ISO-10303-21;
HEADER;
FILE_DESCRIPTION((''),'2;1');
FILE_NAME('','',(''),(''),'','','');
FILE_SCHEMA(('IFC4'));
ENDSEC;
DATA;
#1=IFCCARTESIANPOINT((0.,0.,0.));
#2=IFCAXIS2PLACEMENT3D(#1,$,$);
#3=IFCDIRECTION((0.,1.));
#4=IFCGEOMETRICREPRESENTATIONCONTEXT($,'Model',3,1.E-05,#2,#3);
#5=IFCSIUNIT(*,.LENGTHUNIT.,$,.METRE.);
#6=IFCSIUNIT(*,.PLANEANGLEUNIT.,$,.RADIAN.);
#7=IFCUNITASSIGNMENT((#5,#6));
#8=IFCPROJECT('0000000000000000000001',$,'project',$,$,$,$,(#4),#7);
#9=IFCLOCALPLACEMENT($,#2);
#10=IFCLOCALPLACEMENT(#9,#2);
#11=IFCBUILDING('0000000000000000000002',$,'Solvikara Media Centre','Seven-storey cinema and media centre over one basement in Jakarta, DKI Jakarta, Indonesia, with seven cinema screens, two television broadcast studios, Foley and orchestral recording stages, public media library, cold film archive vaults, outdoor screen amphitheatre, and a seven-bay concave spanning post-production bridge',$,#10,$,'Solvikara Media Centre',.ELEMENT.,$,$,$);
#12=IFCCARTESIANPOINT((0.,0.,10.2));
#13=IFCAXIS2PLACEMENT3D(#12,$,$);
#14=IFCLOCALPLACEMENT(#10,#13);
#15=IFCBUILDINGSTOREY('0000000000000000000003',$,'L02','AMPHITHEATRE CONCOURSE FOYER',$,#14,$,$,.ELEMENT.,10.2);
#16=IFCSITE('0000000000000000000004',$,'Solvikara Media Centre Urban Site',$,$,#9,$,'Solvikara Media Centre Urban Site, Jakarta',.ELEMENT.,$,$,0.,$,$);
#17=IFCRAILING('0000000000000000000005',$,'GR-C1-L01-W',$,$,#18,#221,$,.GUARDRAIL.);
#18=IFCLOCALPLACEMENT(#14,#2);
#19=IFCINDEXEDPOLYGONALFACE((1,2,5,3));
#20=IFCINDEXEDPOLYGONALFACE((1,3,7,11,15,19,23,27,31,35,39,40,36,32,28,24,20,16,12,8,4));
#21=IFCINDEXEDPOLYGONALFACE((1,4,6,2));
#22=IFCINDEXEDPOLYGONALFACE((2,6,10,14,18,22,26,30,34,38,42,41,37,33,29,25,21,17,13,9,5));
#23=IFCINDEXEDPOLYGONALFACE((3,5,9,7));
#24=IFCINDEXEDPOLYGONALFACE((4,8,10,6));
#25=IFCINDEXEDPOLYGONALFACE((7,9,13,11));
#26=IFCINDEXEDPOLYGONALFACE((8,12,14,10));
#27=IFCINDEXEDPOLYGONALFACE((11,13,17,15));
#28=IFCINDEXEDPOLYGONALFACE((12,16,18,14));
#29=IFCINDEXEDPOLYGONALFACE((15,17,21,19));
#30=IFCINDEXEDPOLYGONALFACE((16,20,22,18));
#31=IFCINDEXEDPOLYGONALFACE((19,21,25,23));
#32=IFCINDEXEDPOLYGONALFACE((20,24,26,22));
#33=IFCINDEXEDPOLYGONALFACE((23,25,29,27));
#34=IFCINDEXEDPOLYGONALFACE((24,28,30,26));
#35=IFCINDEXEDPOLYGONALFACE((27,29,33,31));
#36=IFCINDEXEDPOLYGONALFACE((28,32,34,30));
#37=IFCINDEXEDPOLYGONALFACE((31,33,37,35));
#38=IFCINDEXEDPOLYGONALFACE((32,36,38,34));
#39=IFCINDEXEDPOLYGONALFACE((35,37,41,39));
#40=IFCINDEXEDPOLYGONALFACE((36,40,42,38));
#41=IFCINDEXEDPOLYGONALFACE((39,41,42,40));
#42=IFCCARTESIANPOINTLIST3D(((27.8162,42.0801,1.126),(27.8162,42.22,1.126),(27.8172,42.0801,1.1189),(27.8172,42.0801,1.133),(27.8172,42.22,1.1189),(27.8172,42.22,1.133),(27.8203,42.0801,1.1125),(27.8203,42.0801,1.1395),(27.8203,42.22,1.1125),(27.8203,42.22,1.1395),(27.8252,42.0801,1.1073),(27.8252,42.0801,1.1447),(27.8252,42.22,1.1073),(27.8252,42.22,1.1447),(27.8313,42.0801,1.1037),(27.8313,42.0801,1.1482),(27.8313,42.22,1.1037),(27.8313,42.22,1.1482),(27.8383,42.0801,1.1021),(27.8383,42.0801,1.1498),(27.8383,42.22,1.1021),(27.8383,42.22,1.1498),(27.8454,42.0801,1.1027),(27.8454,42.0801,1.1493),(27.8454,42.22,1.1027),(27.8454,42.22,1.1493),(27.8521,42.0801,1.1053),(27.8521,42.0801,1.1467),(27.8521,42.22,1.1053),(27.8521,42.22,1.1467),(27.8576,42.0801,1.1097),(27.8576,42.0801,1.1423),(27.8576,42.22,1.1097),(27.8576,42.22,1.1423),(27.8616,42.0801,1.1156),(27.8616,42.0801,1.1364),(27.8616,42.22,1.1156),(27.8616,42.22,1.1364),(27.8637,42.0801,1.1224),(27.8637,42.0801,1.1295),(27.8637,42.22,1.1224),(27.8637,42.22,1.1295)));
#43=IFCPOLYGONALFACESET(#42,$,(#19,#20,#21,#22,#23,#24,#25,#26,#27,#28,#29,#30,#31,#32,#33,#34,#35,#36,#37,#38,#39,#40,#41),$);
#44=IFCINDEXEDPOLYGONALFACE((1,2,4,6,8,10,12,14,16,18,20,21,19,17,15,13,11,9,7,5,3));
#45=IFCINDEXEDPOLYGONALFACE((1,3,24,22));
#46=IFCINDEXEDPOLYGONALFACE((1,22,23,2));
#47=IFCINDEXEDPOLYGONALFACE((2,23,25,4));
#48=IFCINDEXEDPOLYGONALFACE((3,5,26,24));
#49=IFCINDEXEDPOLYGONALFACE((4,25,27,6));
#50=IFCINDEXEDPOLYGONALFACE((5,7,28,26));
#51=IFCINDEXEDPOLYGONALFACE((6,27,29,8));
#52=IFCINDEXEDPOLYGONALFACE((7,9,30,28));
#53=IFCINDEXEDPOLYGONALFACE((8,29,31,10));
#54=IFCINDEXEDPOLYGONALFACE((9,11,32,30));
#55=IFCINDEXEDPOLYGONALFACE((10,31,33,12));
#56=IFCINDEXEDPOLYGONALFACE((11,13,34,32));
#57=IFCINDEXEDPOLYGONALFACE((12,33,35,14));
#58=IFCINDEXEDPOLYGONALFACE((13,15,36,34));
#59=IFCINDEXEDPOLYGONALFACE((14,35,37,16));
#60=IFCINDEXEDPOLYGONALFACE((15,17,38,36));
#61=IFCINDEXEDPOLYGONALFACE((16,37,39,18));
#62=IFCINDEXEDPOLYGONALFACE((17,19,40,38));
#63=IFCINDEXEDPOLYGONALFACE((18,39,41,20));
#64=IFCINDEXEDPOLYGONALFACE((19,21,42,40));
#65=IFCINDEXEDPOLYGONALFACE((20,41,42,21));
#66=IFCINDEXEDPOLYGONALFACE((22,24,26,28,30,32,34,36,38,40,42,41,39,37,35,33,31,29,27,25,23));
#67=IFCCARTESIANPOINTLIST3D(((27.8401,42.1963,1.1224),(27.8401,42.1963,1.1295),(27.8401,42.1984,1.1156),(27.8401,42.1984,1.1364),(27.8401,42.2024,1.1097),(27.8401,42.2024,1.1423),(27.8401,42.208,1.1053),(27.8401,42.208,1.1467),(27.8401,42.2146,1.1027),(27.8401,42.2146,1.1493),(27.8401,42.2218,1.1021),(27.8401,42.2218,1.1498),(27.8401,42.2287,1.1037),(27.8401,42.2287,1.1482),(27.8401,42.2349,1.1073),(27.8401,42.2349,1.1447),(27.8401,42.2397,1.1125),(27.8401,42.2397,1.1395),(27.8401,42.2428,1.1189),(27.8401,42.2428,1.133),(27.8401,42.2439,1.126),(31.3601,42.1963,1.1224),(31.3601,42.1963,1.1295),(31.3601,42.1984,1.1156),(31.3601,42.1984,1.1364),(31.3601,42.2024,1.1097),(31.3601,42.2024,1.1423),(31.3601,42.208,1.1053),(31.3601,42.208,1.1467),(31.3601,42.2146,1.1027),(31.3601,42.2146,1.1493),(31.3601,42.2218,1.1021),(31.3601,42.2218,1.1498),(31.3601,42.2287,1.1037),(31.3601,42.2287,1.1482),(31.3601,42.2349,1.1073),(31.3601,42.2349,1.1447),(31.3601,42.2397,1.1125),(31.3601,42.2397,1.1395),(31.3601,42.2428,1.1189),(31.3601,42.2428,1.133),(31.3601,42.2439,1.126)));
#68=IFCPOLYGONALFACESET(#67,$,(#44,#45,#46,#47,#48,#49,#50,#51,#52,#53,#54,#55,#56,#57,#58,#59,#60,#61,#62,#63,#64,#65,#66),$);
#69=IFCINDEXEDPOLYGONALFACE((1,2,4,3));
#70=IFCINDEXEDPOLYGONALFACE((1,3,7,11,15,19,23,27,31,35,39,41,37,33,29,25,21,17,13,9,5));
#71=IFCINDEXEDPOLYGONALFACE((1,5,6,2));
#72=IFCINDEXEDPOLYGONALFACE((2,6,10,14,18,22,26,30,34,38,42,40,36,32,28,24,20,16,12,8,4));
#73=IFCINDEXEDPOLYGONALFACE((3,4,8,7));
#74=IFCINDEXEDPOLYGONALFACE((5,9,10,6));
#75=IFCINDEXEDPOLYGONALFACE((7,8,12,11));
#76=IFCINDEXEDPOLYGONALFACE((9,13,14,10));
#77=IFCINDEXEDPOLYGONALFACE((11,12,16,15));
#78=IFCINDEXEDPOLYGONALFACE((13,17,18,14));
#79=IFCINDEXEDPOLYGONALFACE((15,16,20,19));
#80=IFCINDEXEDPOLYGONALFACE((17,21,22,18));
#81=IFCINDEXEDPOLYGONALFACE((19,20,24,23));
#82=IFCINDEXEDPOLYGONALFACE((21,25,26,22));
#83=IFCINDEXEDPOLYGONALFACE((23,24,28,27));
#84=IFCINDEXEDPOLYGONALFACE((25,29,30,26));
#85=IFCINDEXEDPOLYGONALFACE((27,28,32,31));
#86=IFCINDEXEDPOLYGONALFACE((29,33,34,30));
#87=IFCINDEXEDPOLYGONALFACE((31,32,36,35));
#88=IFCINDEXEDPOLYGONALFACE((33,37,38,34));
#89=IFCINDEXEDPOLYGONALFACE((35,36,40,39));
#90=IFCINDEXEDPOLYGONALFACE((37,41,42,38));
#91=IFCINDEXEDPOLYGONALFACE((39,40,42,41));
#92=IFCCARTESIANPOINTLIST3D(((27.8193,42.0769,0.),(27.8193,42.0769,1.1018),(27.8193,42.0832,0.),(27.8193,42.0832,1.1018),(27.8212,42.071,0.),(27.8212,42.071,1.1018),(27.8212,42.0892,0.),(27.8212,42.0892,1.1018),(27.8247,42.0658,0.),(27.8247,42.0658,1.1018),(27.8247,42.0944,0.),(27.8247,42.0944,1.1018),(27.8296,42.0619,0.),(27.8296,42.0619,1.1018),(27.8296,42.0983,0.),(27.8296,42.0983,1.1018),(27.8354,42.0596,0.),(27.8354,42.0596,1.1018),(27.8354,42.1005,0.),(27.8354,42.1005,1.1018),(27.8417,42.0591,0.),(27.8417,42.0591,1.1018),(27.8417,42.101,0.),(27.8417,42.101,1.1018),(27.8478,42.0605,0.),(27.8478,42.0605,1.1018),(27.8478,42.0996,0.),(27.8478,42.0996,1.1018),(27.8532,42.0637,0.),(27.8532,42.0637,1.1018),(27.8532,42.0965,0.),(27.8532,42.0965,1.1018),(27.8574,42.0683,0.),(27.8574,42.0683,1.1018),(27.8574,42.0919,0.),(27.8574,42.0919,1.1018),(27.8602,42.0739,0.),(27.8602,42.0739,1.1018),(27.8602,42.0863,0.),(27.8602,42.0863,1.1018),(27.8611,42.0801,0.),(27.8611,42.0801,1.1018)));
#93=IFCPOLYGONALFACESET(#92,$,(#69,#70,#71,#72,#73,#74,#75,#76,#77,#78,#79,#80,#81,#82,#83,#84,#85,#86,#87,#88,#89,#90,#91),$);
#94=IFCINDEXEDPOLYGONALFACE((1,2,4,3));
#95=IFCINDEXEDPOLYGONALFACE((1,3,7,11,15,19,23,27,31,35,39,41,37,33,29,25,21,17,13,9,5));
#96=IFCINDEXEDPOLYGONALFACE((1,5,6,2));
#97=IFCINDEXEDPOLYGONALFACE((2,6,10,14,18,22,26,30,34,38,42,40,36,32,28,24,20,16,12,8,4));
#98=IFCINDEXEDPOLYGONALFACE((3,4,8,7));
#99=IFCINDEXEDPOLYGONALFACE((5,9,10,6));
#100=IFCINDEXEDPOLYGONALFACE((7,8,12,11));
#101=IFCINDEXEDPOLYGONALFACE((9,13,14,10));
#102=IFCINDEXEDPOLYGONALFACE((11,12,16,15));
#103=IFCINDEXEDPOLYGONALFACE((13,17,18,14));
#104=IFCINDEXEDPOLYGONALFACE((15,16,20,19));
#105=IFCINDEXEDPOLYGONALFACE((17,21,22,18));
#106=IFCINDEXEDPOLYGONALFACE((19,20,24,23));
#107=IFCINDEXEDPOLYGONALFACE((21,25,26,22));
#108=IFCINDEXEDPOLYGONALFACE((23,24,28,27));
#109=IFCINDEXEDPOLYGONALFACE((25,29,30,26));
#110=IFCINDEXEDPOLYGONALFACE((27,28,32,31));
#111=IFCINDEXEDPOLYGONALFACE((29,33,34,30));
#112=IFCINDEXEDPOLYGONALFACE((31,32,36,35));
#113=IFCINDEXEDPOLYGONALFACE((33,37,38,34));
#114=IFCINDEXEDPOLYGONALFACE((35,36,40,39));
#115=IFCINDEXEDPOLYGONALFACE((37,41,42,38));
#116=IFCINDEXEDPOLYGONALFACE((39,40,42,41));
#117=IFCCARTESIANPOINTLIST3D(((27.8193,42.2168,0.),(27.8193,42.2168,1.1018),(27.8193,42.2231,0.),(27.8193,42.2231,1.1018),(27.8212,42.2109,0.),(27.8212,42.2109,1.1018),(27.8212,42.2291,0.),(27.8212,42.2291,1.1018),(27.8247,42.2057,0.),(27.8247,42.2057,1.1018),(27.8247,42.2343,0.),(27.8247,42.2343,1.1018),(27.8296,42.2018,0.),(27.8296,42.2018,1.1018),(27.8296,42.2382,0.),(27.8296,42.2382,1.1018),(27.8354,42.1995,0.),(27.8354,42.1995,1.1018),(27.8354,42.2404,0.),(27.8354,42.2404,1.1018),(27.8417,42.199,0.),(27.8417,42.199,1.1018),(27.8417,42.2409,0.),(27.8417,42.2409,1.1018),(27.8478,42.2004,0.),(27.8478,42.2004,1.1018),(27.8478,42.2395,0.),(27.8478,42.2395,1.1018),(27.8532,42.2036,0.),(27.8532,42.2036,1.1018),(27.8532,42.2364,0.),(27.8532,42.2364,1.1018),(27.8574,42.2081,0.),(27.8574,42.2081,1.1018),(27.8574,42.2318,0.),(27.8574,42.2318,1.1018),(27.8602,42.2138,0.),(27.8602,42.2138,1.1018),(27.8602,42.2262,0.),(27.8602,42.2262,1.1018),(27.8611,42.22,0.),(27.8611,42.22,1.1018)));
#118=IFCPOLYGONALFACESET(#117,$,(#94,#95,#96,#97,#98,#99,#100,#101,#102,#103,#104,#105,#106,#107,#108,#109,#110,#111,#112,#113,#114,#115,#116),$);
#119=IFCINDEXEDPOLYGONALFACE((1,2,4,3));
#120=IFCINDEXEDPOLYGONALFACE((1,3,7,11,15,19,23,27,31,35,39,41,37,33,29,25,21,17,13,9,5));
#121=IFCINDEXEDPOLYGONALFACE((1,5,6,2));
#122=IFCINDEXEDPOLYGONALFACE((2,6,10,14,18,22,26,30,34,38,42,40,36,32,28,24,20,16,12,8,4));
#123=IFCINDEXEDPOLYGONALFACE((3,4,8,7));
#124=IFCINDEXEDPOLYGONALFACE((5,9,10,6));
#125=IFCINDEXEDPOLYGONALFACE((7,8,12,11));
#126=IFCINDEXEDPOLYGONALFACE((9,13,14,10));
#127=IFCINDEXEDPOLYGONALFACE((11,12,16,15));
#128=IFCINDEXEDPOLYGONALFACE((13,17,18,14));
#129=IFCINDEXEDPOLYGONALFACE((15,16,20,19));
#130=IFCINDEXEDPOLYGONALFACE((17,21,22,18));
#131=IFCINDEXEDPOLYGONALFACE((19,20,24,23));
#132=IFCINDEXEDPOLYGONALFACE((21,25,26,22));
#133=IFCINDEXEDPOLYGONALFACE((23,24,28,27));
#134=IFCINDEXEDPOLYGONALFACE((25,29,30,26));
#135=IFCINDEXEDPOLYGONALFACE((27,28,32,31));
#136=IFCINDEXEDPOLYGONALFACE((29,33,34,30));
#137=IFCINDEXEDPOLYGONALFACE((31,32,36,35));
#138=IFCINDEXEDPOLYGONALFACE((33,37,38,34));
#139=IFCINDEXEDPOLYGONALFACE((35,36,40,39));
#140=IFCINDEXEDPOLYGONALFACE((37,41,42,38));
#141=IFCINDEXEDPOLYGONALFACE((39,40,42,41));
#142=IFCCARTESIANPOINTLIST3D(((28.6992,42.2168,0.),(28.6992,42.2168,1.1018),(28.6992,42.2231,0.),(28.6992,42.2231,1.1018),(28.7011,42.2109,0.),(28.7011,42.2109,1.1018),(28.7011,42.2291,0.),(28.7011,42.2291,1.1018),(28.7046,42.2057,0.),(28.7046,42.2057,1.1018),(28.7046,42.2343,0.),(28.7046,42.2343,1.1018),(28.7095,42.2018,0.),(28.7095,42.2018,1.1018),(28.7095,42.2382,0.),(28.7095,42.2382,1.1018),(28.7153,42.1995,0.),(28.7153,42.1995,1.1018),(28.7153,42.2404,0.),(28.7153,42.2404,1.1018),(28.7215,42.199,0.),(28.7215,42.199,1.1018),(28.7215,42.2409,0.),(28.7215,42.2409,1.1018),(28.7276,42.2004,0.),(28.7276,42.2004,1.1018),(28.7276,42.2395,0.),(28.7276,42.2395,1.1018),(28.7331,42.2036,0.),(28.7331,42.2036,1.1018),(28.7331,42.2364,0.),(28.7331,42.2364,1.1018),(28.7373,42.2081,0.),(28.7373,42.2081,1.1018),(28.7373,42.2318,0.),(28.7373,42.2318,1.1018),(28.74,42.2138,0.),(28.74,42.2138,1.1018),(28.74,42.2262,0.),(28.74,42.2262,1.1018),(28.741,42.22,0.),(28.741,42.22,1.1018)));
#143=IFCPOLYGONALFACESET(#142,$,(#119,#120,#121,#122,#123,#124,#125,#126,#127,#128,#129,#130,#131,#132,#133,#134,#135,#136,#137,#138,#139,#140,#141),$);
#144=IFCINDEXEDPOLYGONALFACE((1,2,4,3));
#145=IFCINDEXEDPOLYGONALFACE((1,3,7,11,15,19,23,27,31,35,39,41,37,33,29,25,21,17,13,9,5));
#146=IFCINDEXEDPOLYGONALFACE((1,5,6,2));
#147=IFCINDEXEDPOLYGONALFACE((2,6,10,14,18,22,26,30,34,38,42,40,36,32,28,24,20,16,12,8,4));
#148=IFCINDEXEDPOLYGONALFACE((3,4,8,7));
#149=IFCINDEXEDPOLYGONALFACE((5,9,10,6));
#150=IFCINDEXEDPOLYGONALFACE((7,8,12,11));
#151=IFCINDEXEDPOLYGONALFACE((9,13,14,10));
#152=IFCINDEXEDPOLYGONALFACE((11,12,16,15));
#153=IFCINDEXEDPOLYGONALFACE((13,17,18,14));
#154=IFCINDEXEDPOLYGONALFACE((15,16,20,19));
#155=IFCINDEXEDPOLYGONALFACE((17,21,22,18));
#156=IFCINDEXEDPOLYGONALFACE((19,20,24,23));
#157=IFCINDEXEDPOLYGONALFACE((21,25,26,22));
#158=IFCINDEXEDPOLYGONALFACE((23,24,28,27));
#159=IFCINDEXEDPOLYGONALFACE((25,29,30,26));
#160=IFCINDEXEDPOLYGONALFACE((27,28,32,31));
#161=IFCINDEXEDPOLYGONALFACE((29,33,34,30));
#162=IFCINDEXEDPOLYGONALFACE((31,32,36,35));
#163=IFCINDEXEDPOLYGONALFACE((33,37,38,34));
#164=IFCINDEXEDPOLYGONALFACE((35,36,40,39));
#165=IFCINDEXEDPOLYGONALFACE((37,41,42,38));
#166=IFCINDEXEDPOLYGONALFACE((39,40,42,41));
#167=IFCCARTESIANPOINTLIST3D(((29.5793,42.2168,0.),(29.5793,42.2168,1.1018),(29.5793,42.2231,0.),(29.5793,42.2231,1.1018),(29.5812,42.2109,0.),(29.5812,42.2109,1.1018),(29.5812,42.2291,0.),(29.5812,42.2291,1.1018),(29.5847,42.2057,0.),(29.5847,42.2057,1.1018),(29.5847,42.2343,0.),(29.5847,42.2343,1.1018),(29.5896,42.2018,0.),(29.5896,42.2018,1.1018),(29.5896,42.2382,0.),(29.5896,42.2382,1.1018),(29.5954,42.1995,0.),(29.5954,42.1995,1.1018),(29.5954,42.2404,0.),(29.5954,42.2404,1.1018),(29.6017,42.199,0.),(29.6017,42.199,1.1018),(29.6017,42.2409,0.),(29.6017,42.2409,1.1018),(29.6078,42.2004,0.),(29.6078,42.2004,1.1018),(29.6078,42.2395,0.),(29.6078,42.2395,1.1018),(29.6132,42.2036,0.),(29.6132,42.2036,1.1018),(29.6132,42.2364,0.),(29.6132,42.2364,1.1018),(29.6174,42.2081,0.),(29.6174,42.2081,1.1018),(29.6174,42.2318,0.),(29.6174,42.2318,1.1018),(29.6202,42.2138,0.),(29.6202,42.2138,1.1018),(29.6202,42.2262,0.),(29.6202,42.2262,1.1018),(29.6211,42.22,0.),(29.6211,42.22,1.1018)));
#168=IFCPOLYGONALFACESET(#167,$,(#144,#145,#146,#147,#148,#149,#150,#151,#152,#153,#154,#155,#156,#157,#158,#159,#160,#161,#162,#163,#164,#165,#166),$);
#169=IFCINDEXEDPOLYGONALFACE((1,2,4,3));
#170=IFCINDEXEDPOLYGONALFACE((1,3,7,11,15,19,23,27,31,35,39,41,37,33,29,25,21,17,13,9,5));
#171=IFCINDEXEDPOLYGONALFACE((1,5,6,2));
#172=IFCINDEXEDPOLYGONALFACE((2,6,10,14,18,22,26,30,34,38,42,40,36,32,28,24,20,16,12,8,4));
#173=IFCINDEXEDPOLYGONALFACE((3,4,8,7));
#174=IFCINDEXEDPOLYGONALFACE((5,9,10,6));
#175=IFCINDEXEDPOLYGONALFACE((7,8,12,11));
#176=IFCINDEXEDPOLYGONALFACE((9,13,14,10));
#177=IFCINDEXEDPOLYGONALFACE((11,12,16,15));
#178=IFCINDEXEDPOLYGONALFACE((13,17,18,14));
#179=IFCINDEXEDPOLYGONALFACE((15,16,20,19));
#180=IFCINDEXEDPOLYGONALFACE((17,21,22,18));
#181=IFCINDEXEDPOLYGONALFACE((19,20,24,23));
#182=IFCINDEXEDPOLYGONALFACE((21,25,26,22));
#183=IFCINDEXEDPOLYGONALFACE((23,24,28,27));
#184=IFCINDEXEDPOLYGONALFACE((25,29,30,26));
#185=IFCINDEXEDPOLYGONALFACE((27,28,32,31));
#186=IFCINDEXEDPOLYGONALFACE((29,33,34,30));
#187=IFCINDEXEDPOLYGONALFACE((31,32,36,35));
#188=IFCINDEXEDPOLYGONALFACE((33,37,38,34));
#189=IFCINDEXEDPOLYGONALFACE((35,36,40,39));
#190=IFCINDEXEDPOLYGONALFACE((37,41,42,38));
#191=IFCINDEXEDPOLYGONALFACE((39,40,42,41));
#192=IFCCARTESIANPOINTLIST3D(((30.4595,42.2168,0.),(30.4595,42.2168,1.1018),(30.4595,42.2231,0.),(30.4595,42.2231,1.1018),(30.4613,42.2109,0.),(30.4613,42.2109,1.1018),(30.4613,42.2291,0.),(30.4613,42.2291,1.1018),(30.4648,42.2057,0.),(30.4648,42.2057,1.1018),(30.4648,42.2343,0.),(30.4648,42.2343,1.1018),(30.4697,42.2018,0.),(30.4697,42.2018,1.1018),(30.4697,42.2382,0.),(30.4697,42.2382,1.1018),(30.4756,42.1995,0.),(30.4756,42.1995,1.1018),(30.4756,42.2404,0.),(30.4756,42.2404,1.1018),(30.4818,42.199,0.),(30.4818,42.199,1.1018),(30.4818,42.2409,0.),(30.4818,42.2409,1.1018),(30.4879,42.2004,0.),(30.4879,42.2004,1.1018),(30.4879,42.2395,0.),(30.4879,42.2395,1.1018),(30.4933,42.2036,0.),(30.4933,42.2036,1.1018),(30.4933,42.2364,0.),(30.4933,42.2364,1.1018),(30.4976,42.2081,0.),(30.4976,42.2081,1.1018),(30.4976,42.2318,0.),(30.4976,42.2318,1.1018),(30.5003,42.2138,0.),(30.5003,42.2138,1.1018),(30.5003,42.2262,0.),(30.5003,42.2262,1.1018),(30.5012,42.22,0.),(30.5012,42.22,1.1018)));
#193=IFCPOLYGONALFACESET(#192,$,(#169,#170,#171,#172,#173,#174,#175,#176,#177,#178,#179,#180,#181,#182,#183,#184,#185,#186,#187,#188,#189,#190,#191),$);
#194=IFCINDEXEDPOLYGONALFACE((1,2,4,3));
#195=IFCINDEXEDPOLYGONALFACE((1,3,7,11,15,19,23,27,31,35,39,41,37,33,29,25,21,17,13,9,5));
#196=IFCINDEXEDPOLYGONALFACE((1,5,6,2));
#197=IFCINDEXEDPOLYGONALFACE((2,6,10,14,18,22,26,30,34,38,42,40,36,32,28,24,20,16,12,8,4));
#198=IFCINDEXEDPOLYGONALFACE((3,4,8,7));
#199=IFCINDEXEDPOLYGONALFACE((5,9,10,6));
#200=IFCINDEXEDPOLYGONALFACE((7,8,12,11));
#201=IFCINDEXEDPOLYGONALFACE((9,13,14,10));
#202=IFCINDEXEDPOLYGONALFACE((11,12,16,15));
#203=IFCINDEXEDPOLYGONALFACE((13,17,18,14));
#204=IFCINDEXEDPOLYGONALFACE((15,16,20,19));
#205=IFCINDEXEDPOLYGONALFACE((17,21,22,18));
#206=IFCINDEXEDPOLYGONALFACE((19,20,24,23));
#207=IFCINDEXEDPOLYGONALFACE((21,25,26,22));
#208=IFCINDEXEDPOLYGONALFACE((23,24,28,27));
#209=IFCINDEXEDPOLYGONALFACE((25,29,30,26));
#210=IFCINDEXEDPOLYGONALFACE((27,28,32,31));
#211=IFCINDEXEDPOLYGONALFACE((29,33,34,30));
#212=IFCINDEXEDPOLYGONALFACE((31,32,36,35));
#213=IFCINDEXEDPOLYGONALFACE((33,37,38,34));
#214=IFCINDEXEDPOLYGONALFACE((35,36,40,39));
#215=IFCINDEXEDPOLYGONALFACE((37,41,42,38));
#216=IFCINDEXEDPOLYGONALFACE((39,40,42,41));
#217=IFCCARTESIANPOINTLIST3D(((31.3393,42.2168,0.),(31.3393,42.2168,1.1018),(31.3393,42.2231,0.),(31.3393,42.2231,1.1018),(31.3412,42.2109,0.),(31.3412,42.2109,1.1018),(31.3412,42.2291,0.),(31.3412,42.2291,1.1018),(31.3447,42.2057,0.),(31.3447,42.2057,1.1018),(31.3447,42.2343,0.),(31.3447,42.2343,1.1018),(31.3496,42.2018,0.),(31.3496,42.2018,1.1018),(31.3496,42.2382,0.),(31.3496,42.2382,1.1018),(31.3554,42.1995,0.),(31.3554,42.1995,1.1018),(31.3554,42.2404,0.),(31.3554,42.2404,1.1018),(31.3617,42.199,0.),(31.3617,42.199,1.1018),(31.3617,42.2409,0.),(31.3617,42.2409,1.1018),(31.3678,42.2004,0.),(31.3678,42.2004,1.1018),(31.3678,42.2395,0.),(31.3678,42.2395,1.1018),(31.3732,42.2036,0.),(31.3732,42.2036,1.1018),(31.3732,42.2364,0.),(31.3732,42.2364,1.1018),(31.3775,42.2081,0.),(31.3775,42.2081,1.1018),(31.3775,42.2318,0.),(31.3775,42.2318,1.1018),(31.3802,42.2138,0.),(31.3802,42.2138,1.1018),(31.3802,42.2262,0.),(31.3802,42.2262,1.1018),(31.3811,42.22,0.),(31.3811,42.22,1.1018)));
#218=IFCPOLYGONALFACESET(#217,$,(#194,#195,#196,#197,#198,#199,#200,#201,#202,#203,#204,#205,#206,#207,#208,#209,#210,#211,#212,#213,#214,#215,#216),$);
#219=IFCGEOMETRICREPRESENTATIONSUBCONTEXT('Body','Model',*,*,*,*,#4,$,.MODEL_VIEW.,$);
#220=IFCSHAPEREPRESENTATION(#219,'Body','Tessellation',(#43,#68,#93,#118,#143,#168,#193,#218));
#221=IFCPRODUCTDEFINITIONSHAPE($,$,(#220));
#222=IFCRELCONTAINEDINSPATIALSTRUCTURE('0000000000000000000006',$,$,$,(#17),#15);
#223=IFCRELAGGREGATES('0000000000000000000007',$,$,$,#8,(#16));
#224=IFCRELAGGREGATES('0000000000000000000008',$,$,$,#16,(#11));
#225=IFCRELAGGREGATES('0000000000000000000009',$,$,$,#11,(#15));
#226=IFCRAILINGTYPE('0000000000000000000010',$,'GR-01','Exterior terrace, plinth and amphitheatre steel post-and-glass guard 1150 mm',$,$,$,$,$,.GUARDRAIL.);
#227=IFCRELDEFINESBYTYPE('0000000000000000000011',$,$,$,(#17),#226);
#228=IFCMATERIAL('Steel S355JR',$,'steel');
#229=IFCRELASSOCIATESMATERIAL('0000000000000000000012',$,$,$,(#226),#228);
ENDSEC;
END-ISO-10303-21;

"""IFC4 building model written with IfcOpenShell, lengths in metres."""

from ifc_helpers import new_model, si_unit, direction, frame, origin, origin_2d, place, context, subcontext, project, spatial, circle, extrude, material, type_object, element, save


model = new_model("IFC4")

# Units and contexts
model_context = context("Model", 3, precision=1e-05, world=origin(), true_north=direction((0.0, 1.0)))
body_context = subcontext(model_context, "Body", "Model", "MODEL_VIEW")
ifc_project = project(units=[si_unit("LENGTHUNIT", "METRE"), si_unit("PLANEANGLEUNIT", "RADIAN")], contexts=[model_context])

# Site, building, storey
site_placement = place(None, origin())
site = spatial("IfcSite", under=ifc_project, at=site_placement, Name="Solvikara Media Centre Urban Site", LongName="Solvikara Media Centre Urban Site, Jakarta", CompositionType="ELEMENT", RefElevation=0.0)
building_placement = place(site_placement, origin())
building = spatial("IfcBuilding", under=site, at=building_placement, Name="Solvikara Media Centre", Description="Seven-storey cinema and media centre over one basement in Jakarta, DKI Jakarta, Indonesia, with seven cinema screens, two television broadcast studios, Foley and orchestral recording stages, public media library, cold film archive vaults, outdoor screen amphitheatre, and a seven-bay concave spanning post-production bridge", LongName="Solvikara Media Centre", CompositionType="ELEMENT")
storey_placement = place(building_placement, frame((0.0, 0.0, 10.2)))
storey = spatial("IfcBuildingStorey", under=building, at=storey_placement, Name="L02", Description="AMPHITHEATRE CONCOURSE FOYER", CompositionType="ELEMENT", Elevation=10.2)

# Shared definitions
ifc_material_1 = material(Name="Steel S355JR", Category="steel")

# Railing
railing_type_1 = type_object("IfcRailingType", Name="GR-01", Description="Exterior terrace, plinth and amphitheatre steel post-and-glass guard 1150 mm", PredefinedType="GUARDRAIL", material=ifc_material_1)
railing_1_placement = place(storey_placement, frame((27.8401, 42.0801, 0.0)))
element("IfcRailing", 1, at=railing_1_placement, inside=storey, type_object=railing_type_1, Name="GR-C1-L01-W", PredefinedType="GUARDRAIL", context=body_context, shape_type="SweptSolid", body=[
    extrude(circle(Radius=0.0239, at=origin_2d()), frame((0.0, 0.0, 1.126), z_axis=(0.0, 1.0, 0.0), x_axis=(-1.0, 0.0, 0.0)), (0.0, 0.0, 1.0), 0.1399),
    extrude(circle(Radius=0.0239, at=origin_2d()), frame((0.0, 0.1399, 1.126), z_axis=(1.0, 0.0, 0.0), x_axis=(0.0, 1.0, 0.0)), (0.0, 0.0, 1.0), 3.52),
    extrude(circle(Radius=0.021, at=origin_2d()), origin(), (0.0, 0.0, 1.0), 1.1018),
    extrude(circle(Radius=0.021, at=origin_2d()), frame((0.0, 0.1399, 0.0)), (0.0, 0.0, 1.0), 1.1018),
    extrude(circle(Radius=0.021, at=origin_2d()), frame((0.8799, 0.1399, 0.0)), (0.0, 0.0, 1.0), 1.1018),
    extrude(circle(Radius=0.021, at=origin_2d()), frame((1.76, 0.1399, 0.0)), (0.0, 0.0, 1.0), 1.1018),
    extrude(circle(Radius=0.021, at=origin_2d()), frame((2.6401, 0.1399, 0.0)), (0.0, 0.0, 1.0), 1.1018),
    extrude(circle(Radius=0.021, at=origin_2d()), frame((3.52, 0.1399, 0.0)), (0.0, 0.0, 1.0), 1.1018),
])

save(model, "model.ifc")
